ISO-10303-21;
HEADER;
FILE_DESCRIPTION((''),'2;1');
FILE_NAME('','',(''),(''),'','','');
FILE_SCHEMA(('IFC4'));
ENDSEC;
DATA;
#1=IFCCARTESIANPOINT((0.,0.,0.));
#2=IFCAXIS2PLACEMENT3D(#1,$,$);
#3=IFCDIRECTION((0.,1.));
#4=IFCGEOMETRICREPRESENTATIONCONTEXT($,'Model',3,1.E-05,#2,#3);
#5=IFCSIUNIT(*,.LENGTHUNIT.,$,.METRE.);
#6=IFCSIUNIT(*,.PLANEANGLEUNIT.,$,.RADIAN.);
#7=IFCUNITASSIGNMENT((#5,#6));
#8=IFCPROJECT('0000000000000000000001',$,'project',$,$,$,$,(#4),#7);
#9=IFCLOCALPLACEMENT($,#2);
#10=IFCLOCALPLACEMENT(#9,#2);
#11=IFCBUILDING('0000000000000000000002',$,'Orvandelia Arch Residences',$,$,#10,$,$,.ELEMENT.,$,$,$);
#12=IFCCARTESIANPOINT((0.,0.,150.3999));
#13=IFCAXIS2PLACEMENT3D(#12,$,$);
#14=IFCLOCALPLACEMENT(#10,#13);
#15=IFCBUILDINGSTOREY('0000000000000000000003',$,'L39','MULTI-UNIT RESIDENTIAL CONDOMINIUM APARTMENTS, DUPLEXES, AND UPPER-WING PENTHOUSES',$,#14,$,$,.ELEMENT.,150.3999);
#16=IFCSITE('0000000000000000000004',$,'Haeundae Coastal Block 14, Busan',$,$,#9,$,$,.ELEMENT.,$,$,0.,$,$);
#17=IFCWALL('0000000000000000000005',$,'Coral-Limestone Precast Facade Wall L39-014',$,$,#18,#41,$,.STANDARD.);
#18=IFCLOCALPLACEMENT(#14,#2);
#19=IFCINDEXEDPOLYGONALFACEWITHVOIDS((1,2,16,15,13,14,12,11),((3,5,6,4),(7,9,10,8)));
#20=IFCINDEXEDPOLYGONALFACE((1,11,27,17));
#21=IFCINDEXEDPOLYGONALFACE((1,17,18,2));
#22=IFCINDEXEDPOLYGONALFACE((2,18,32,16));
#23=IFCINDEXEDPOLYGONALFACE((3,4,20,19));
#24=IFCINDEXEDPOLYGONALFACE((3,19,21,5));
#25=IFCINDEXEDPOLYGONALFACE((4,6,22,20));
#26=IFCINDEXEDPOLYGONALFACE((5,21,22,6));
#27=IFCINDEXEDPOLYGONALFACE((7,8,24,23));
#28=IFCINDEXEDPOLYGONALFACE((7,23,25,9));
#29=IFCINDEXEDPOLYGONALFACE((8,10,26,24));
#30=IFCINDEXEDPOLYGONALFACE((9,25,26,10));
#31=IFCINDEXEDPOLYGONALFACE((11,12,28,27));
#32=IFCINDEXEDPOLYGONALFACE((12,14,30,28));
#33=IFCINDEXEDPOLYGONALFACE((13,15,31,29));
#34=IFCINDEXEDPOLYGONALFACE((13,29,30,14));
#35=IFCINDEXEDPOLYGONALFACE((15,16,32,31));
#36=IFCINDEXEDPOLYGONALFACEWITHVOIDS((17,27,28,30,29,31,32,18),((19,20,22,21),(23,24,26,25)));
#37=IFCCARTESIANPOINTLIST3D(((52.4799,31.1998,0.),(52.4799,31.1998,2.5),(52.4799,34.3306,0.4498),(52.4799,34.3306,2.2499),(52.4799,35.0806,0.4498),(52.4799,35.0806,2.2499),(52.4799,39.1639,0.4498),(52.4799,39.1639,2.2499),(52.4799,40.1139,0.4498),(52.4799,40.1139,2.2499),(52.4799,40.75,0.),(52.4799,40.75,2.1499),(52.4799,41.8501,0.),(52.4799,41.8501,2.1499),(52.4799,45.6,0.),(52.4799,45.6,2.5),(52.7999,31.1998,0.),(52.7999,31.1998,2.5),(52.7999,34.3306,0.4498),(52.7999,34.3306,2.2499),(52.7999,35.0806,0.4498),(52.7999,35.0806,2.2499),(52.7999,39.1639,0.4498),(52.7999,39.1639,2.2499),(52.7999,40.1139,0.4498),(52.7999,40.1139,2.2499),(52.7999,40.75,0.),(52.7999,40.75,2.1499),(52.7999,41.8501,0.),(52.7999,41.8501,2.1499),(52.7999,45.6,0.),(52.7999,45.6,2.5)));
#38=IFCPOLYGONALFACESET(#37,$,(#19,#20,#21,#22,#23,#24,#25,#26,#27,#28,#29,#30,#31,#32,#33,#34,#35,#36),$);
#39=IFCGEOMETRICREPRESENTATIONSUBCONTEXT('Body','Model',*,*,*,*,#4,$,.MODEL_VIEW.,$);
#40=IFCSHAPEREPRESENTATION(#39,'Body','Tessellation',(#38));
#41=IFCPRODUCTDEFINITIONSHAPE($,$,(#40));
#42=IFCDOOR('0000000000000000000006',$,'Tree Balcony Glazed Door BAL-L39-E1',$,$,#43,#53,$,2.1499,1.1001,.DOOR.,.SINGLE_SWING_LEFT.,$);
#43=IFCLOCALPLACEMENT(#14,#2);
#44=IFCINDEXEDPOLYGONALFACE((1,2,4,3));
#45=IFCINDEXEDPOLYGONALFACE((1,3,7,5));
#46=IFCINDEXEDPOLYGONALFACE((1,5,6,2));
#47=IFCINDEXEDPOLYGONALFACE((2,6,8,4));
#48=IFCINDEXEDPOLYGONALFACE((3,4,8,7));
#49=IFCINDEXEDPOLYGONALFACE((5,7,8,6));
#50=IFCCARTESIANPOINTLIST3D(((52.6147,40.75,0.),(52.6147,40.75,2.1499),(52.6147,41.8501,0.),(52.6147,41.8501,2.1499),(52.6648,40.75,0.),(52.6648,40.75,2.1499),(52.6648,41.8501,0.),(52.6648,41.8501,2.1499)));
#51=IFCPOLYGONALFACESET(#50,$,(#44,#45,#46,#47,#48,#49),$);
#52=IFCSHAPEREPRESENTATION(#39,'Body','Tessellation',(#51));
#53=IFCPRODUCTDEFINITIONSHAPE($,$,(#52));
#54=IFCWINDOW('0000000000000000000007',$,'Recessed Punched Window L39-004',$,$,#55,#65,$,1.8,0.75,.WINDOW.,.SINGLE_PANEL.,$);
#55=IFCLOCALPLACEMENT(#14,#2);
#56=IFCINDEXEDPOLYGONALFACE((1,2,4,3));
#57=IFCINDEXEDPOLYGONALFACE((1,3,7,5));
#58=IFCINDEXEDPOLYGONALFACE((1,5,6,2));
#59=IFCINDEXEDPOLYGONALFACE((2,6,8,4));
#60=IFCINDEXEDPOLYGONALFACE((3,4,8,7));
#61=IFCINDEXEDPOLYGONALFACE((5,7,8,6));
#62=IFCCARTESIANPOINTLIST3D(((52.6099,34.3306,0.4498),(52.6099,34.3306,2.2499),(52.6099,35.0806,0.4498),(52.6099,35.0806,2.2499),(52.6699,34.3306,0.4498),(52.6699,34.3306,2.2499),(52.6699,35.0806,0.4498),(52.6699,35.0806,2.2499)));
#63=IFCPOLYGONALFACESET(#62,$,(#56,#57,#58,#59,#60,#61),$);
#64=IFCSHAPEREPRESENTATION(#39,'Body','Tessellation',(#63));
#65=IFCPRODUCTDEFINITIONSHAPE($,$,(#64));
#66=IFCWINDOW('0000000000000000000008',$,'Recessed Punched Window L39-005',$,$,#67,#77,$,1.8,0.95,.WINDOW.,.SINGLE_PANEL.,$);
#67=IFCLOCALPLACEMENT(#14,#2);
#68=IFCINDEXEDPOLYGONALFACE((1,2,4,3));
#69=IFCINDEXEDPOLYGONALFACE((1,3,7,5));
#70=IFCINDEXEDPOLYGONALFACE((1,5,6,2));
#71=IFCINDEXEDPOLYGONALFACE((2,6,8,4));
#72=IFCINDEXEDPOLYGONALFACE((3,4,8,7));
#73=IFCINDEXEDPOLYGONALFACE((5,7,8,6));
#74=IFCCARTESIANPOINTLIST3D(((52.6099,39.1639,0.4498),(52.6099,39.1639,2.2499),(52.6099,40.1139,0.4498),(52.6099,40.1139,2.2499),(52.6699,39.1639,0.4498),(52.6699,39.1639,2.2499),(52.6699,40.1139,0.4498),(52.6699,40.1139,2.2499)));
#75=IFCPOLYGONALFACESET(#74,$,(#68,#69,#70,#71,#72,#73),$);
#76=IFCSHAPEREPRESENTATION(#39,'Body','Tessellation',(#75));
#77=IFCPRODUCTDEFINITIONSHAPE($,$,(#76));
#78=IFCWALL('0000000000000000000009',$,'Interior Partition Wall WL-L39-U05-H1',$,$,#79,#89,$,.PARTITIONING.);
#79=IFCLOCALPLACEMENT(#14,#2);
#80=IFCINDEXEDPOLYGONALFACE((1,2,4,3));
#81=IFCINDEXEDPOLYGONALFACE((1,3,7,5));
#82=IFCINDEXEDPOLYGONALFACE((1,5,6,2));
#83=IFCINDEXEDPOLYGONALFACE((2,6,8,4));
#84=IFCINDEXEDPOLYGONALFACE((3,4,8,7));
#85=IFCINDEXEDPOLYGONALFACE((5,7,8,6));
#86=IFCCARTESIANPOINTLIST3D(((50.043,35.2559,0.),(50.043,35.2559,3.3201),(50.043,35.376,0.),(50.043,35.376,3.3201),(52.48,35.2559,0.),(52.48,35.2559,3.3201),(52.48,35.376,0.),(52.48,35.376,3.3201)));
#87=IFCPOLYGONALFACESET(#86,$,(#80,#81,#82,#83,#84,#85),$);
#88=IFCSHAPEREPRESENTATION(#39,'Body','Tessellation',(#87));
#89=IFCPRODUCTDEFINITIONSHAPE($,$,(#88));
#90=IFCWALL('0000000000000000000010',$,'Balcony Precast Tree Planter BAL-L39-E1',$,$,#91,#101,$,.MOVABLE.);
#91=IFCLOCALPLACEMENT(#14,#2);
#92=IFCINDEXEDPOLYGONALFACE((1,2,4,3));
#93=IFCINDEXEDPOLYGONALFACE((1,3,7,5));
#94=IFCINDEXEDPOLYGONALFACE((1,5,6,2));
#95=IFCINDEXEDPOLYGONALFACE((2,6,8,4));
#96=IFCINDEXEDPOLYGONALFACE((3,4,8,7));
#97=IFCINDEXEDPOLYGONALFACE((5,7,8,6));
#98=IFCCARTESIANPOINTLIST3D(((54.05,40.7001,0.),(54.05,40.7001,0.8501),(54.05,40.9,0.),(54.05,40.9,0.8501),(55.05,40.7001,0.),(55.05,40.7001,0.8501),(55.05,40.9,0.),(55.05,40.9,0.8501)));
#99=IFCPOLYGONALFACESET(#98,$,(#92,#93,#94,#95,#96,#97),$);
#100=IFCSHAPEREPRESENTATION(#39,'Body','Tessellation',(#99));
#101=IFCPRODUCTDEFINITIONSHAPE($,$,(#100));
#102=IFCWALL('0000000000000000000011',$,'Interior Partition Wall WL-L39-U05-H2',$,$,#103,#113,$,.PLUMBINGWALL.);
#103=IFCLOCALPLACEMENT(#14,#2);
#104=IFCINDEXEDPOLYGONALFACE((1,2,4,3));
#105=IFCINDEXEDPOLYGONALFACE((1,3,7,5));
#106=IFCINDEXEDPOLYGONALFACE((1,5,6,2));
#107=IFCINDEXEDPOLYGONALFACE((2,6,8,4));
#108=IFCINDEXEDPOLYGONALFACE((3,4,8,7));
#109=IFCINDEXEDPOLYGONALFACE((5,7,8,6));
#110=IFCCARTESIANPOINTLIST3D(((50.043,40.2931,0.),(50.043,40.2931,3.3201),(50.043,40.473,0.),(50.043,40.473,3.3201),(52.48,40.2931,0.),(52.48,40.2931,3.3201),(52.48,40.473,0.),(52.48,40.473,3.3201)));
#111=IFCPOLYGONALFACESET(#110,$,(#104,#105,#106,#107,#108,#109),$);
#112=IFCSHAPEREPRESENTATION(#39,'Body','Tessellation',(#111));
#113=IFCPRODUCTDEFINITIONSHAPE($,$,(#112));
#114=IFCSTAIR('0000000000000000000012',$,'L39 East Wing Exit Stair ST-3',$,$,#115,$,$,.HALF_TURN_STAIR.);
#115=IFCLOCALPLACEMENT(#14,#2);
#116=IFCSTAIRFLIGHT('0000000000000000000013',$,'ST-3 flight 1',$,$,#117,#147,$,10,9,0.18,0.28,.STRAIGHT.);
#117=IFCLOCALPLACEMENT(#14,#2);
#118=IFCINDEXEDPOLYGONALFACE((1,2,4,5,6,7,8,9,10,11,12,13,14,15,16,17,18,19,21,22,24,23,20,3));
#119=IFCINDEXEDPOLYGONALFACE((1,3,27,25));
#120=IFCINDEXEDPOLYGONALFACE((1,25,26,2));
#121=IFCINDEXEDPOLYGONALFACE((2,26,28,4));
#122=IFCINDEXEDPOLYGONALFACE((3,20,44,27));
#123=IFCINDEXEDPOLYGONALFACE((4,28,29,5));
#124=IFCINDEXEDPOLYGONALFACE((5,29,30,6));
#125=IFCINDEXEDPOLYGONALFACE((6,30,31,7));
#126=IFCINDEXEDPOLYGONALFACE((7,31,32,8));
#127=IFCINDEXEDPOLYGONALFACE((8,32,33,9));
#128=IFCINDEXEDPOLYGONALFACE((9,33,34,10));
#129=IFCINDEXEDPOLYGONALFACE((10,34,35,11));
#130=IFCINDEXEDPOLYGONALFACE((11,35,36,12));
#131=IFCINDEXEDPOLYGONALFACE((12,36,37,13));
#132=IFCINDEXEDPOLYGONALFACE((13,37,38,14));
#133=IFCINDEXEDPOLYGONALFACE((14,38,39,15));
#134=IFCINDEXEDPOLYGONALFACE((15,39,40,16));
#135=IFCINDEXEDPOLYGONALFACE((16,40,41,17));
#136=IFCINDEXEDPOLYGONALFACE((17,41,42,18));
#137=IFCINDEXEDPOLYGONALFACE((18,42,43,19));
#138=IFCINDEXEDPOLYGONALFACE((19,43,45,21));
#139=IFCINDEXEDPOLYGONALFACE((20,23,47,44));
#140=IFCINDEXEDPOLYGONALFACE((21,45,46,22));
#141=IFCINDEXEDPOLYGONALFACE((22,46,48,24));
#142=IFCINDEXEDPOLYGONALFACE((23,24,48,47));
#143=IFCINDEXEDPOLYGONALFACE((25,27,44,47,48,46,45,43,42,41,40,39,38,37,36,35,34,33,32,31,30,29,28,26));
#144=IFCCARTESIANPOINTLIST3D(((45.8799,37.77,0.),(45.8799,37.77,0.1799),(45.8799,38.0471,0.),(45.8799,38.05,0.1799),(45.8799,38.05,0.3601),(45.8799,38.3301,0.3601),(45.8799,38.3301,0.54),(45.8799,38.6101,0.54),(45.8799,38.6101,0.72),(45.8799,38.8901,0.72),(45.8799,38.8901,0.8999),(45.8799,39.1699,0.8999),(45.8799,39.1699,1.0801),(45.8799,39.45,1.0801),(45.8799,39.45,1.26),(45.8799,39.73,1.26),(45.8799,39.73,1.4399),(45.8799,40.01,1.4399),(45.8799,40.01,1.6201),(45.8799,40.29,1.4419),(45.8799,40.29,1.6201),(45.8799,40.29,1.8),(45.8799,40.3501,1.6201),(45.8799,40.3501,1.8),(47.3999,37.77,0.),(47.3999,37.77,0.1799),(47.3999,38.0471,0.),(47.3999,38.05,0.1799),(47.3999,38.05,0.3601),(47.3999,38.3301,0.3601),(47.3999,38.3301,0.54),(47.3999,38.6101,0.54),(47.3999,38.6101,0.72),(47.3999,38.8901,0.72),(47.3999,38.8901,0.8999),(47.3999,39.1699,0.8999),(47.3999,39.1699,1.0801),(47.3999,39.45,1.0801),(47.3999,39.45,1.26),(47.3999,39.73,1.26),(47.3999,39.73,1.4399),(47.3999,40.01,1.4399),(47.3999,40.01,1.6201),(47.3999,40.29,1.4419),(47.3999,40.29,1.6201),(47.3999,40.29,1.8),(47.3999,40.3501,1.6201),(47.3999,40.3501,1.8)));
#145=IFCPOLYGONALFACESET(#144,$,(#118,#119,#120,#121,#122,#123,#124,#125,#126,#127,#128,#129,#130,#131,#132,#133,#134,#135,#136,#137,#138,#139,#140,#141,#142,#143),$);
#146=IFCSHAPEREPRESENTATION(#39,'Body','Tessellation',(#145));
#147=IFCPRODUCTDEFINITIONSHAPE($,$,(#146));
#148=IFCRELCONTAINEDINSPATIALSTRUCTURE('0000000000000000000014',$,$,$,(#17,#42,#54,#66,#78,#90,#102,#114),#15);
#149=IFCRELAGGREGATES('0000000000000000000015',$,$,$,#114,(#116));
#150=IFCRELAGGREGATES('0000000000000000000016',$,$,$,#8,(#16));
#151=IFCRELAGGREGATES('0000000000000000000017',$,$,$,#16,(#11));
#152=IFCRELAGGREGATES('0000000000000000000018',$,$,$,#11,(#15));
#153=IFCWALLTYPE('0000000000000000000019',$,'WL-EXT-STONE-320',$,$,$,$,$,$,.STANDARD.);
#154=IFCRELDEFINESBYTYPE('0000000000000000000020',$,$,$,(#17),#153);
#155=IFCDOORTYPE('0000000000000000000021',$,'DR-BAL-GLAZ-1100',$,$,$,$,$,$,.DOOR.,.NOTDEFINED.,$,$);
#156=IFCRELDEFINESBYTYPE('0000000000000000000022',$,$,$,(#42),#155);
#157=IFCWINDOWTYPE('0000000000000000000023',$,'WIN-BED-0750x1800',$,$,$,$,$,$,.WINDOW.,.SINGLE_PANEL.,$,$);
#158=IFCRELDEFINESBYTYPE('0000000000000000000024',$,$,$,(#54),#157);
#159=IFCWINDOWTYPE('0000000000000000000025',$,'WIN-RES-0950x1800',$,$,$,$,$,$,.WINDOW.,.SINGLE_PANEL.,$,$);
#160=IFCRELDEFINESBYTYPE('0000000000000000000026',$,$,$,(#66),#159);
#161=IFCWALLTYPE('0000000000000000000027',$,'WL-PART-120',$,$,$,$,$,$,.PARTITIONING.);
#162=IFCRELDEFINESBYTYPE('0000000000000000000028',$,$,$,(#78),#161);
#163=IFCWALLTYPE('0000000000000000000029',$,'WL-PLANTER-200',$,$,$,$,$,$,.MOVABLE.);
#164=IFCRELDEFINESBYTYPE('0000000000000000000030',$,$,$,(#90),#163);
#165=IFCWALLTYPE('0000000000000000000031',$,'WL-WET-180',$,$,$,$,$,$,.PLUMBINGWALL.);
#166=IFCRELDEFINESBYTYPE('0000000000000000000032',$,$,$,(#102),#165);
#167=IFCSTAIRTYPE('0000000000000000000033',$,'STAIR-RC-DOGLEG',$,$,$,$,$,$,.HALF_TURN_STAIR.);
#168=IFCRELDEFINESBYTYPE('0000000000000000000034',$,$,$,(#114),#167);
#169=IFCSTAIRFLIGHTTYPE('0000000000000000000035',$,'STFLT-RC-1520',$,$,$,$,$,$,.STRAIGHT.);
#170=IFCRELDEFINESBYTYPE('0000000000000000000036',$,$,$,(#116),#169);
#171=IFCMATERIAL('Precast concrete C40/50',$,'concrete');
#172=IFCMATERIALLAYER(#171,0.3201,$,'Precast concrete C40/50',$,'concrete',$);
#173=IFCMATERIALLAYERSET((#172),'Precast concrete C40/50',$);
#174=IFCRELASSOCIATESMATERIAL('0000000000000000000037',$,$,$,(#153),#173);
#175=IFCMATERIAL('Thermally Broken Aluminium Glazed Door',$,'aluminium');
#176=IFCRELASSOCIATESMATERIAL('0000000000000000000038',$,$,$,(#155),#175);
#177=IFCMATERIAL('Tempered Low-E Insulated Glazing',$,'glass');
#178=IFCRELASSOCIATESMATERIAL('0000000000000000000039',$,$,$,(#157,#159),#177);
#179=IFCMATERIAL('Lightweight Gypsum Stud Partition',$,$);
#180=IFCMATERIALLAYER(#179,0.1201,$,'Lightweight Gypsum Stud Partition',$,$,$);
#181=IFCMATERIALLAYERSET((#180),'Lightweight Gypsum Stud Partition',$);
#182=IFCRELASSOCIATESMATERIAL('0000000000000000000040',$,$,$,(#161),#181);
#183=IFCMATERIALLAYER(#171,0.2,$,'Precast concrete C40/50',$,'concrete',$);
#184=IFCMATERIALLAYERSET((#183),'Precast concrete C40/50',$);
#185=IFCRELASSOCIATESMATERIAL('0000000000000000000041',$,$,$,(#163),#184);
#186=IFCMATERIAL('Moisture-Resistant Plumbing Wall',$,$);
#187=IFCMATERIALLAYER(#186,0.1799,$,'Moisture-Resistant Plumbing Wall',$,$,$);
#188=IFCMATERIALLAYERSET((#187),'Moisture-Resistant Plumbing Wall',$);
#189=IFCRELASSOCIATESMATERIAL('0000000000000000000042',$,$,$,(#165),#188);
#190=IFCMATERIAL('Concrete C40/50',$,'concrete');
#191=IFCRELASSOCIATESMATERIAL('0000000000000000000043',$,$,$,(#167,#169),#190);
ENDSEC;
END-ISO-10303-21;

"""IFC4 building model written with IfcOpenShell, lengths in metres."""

from ifc_helpers import new_model, si_unit, direction, frame, frame_2d, origin, place, context, subcontext, project, spatial, polyline, rectangle, outline, extrude, material, layer, layer_set, type_object, element, fill, aggregate, save


model = new_model("IFC4")

# Units and contexts
model_context = context("Model", 3, precision=1e-05, world=origin(), true_north=direction((0.0, 1.0)))
body_context = subcontext(model_context, "Body", "Model", "MODEL_VIEW")
ifc_project = project(units=[si_unit("LENGTHUNIT", "METRE"), si_unit("PLANEANGLEUNIT", "RADIAN")], contexts=[model_context])

# Site, building, storey
site_placement = place(None, origin())
site = spatial("IfcSite", under=ifc_project, at=site_placement, Name="Haeundae Coastal Block 14, Busan", CompositionType="ELEMENT", RefElevation=0.0)
building_placement = place(site_placement, origin())
building = spatial("IfcBuilding", under=site, at=building_placement, Name="Orvandelia Arch Residences", CompositionType="ELEMENT")
storey_placement = place(building_placement, frame((0.0, 0.0, 150.3999)))
storey = spatial("IfcBuildingStorey", under=building, at=storey_placement, Name="L39", Description="MULTI-UNIT RESIDENTIAL CONDOMINIUM APARTMENTS, DUPLEXES, AND UPPER-WING PENTHOUSES", CompositionType="ELEMENT", Elevation=150.3999)

# Shared definitions
ifc_material_1 = material(Name="Precast concrete C40/50", Category="concrete")
ifc_layer_1 = layer(ifc_material_1, 0.3201, Name="Precast concrete C40/50", Category="concrete")
ifc_layer_set_1 = layer_set([ifc_layer_1], Name="Precast concrete C40/50")
wall_type_1 = type_object("IfcWallType", Name="WL-EXT-STONE-320", PredefinedType="STANDARD", material=ifc_layer_set_1)

# Wall, openings, door, windows
wall_1_placement = place(storey_placement, frame((52.6399, 45.6001, 0.0), z_axis=(0.0, 0.0, 1.0), x_axis=(0.0, -1.0, 0.0)))
wall_1 = element("IfcWall", 1, at=wall_1_placement, inside=storey, type_object=wall_type_1, Name="Coral-Limestone Precast Facade Wall L39-014", PredefinedType="STANDARD", context=body_context, shape_type="SweptSolid", body=[
    extrude(rectangle(XDim=14.4001, YDim=0.3201, at=frame_2d((7.2002, 0.0))), origin(), (0.0, 0.0, 1.0), 2.5),
])
opening_1_placement = place(wall_1_placement, frame((3.75, 0.0, 0.0)))
opening_1 = element("IfcOpeningElement", 2, at=opening_1_placement, cuts=wall_1, PredefinedType="OPENING", context=body_context, shape_type="SweptSolid", body=[
    extrude(rectangle(XDim=1.1001, YDim=2.1499, at=frame_2d((0.55, 1.075))), frame((0.0, 0.1699, 0.0), z_axis=(0.0, -1.0, 0.0), x_axis=(1.0, 0.0, 0.0)), (0.0, 0.0, 1.0), 0.3401),
])
opening_2_placement = place(wall_1_placement, frame((10.5195, 0.0, 0.45)))
opening_2 = element("IfcOpeningElement", 3, at=opening_2_placement, cuts=wall_1, PredefinedType="OPENING", context=body_context, shape_type="SweptSolid", body=[
    extrude(rectangle(XDim=0.75, YDim=1.8, at=frame_2d((0.375, 0.8999))), frame((0.0, 0.1699, 0.0), z_axis=(0.0, -1.0, 0.0), x_axis=(1.0, 0.0, 0.0)), (0.0, 0.0, 1.0), 0.3401),
])
opening_3_placement = place(wall_1_placement, frame((5.4861, 0.0, 0.45)))
opening_3 = element("IfcOpeningElement", 4, at=opening_3_placement, cuts=wall_1, PredefinedType="OPENING", context=body_context, shape_type="SweptSolid", body=[
    extrude(rectangle(XDim=0.95, YDim=1.8, at=frame_2d((0.4751, 0.8999))), frame((0.0, 0.1699, 0.0), z_axis=(0.0, -1.0, 0.0), x_axis=(1.0, 0.0, 0.0)), (0.0, 0.0, 1.0), 0.3401),
])
ifc_material_2 = material(Name="Thermally Broken Aluminium Glazed Door", Category="aluminium")
door_type_1 = type_object("IfcDoorType", Name="DR-BAL-GLAZ-1100", OperationType="NOTDEFINED", PredefinedType="DOOR", material=ifc_material_2)
door_1_placement = place(opening_1_placement, origin())
door_1 = element("IfcDoor", 5, at=door_1_placement, inside=storey, type_object=door_type_1, Name="Tree Balcony Glazed Door BAL-L39-E1", OperationType="SINGLE_SWING_LEFT", OverallHeight=2.1499, OverallWidth=1.1001, PredefinedType="DOOR", context=body_context, shape_type="SweptSolid", body=[
    extrude(rectangle(XDim=1.1001, YDim=2.1499, at=frame_2d((0.55, 1.075))), frame((0.0, 0.0249, 0.0), z_axis=(0.0, -1.0, 0.0), x_axis=(1.0, 0.0, 0.0)), (0.0, 0.0, 1.0), 0.05),
])
fill(opening_1, door_1)
ifc_material_3 = material(Name="Tempered Low-E Insulated Glazing", Category="glass")
window_type_1 = type_object("IfcWindowType", Name="WIN-BED-0750x1800", PartitioningType="SINGLE_PANEL", PredefinedType="WINDOW", material=ifc_material_3)
window_1_placement = place(opening_2_placement, origin())
window_1 = element("IfcWindow", 6, at=window_1_placement, inside=storey, type_object=window_type_1, Name="Recessed Punched Window L39-004", OverallHeight=1.8, OverallWidth=0.75, PartitioningType="SINGLE_PANEL", PredefinedType="WINDOW", context=body_context, shape_type="SweptSolid", body=[
    extrude(rectangle(XDim=0.75, YDim=1.8, at=frame_2d((0.375, 0.8999))), frame((0.0, 0.03, 0.0), z_axis=(0.0, -1.0, 0.0), x_axis=(1.0, 0.0, 0.0)), (0.0, 0.0, 1.0), 0.0601),
])
fill(opening_2, window_1)
window_type_2 = type_object("IfcWindowType", Name="WIN-RES-0950x1800", PartitioningType="SINGLE_PANEL", PredefinedType="WINDOW", material=ifc_material_3)
window_2_placement = place(opening_3_placement, origin())
window_2 = element("IfcWindow", 7, at=window_2_placement, inside=storey, type_object=window_type_2, Name="Recessed Punched Window L39-005", OverallHeight=1.8, OverallWidth=0.95, PartitioningType="SINGLE_PANEL", PredefinedType="WINDOW", context=body_context, shape_type="SweptSolid", body=[
    extrude(rectangle(XDim=0.95, YDim=1.8, at=frame_2d((0.4751, 0.8999))), frame((0.0, 0.03, 0.0), z_axis=(0.0, -1.0, 0.0), x_axis=(1.0, 0.0, 0.0)), (0.0, 0.0, 1.0), 0.0601),
])
fill(opening_3, window_2)

# Walls
ifc_material_4 = material(Name="Lightweight Gypsum Stud Partition")
ifc_layer_2 = layer(ifc_material_4, 0.1201, Name="Lightweight Gypsum Stud Partition")
ifc_layer_set_2 = layer_set([ifc_layer_2], Name="Lightweight Gypsum Stud Partition")
wall_type_2 = type_object("IfcWallType", Name="WL-PART-120", PredefinedType="PARTITIONING", material=ifc_layer_set_2)
wall_2_placement = place(storey_placement, frame((50.043, 35.3159, 0.0), z_axis=(0.0, 0.0, 1.0), x_axis=(1.0, 0.0, 0.0)))
element("IfcWall", 8, at=wall_2_placement, inside=storey, type_object=wall_type_2, Name="Interior Partition Wall WL-L39-U05-H1", PredefinedType="PARTITIONING", context=body_context, shape_type="SweptSolid", body=[
    extrude(rectangle(XDim=2.437, YDim=0.1201, at=frame_2d((1.2185, 0.0))), origin(), (0.0, 0.0, 1.0), 3.3201),
])
ifc_layer_3 = layer(ifc_material_1, 0.2, Name="Precast concrete C40/50", Category="concrete")
ifc_layer_set_3 = layer_set([ifc_layer_3], Name="Precast concrete C40/50")
wall_type_3 = type_object("IfcWallType", Name="WL-PLANTER-200", PredefinedType="MOVABLE", material=ifc_layer_set_3)
wall_3_placement = place(storey_placement, frame((54.05, 40.8, 0.0), z_axis=(0.0, 0.0, 1.0), x_axis=(1.0, 0.0, 0.0)))
element("IfcWall", 9, at=wall_3_placement, inside=storey, type_object=wall_type_3, Name="Balcony Precast Tree Planter BAL-L39-E1", PredefinedType="MOVABLE", context=body_context, shape_type="SweptSolid", body=[
    extrude(rectangle(XDim=1.0, YDim=0.2, at=frame_2d((0.5, 0.0))), origin(), (0.0, 0.0, 1.0), 0.8501),
])
ifc_material_5 = material(Name="Moisture-Resistant Plumbing Wall")
ifc_layer_4 = layer(ifc_material_5, 0.1799, Name="Moisture-Resistant Plumbing Wall")
ifc_layer_set_4 = layer_set([ifc_layer_4], Name="Moisture-Resistant Plumbing Wall")
wall_type_4 = type_object("IfcWallType", Name="WL-WET-180", PredefinedType="PLUMBINGWALL", material=ifc_layer_set_4)
wall_4_placement = place(storey_placement, frame((50.043, 40.3831, 0.0), z_axis=(0.0, 0.0, 1.0), x_axis=(1.0, 0.0, 0.0)))
element("IfcWall", 10, at=wall_4_placement, inside=storey, type_object=wall_type_4, Name="Interior Partition Wall WL-L39-U05-H2", PredefinedType="PLUMBINGWALL", context=body_context, shape_type="SweptSolid", body=[
    extrude(rectangle(XDim=2.437, YDim=0.1799, at=frame_2d((1.2185, 0.0))), origin(), (0.0, 0.0, 1.0), 3.3201),
])

# Stair, stair flight
ifc_material_6 = material(Name="Concrete C40/50", Category="concrete")
stair_type = type_object("IfcStairType", Name="STAIR-RC-DOGLEG", PredefinedType="HALF_TURN_STAIR", material=ifc_material_6)
stair_placement = place(storey_placement, origin())
stair = element("IfcStair", 11, at=stair_placement, inside=storey, type_object=stair_type, Name="L39 East Wing Exit Stair ST-3", PredefinedType="HALF_TURN_STAIR")
stair_flight_type = type_object("IfcStairFlightType", Name="STFLT-RC-1520", PredefinedType="STRAIGHT", material=ifc_material_6)
stair_flight_1_placement = place(storey_placement, frame((46.6399, 37.77, 0.0), z_axis=(0.0, 0.0, 1.0), x_axis=(0.0, 1.0, 0.0)))
stair_flight_1 = element("IfcStairFlight", 12, at=stair_flight_1_placement, type_object=stair_flight_type, Name="ST-3 flight 1", NumberOfRisers=10, NumberOfTreads=9, PredefinedType="STRAIGHT", RiserHeight=0.18, TreadLength=0.28, context=body_context, shape_type="SweptSolid", body=[
    extrude(outline(polyline([(0.0, 0.0), (0.0, 0.1799), (0.28, 0.1799), (0.28, 0.3601), (0.5601, 0.3601), (0.5601, 0.54), (0.8401, 0.54), (0.8401, 0.72), (1.1201, 0.72), (1.1201, 0.8999), (1.3999, 0.8999), (1.3999, 1.0801), (1.6799, 1.0801), (1.6799, 1.26), (1.96, 1.26), (1.96, 1.4399), (2.24, 1.4399), (2.24, 1.6201), (2.52, 1.6201), (2.52, 1.8), (2.5801, 1.8), (2.5801, 1.6201), (2.52, 1.4419), (0.2771, 0.0), (0.0, 0.0)])), frame((0.0, 0.76, 0.0), z_axis=(0.0, -1.0, 0.0), x_axis=(1.0, 0.0, 0.0)), (0.0, 0.0, 1.0), 1.52),
])
aggregate(stair, [stair_flight_1])

save(model, "model.ifc")
